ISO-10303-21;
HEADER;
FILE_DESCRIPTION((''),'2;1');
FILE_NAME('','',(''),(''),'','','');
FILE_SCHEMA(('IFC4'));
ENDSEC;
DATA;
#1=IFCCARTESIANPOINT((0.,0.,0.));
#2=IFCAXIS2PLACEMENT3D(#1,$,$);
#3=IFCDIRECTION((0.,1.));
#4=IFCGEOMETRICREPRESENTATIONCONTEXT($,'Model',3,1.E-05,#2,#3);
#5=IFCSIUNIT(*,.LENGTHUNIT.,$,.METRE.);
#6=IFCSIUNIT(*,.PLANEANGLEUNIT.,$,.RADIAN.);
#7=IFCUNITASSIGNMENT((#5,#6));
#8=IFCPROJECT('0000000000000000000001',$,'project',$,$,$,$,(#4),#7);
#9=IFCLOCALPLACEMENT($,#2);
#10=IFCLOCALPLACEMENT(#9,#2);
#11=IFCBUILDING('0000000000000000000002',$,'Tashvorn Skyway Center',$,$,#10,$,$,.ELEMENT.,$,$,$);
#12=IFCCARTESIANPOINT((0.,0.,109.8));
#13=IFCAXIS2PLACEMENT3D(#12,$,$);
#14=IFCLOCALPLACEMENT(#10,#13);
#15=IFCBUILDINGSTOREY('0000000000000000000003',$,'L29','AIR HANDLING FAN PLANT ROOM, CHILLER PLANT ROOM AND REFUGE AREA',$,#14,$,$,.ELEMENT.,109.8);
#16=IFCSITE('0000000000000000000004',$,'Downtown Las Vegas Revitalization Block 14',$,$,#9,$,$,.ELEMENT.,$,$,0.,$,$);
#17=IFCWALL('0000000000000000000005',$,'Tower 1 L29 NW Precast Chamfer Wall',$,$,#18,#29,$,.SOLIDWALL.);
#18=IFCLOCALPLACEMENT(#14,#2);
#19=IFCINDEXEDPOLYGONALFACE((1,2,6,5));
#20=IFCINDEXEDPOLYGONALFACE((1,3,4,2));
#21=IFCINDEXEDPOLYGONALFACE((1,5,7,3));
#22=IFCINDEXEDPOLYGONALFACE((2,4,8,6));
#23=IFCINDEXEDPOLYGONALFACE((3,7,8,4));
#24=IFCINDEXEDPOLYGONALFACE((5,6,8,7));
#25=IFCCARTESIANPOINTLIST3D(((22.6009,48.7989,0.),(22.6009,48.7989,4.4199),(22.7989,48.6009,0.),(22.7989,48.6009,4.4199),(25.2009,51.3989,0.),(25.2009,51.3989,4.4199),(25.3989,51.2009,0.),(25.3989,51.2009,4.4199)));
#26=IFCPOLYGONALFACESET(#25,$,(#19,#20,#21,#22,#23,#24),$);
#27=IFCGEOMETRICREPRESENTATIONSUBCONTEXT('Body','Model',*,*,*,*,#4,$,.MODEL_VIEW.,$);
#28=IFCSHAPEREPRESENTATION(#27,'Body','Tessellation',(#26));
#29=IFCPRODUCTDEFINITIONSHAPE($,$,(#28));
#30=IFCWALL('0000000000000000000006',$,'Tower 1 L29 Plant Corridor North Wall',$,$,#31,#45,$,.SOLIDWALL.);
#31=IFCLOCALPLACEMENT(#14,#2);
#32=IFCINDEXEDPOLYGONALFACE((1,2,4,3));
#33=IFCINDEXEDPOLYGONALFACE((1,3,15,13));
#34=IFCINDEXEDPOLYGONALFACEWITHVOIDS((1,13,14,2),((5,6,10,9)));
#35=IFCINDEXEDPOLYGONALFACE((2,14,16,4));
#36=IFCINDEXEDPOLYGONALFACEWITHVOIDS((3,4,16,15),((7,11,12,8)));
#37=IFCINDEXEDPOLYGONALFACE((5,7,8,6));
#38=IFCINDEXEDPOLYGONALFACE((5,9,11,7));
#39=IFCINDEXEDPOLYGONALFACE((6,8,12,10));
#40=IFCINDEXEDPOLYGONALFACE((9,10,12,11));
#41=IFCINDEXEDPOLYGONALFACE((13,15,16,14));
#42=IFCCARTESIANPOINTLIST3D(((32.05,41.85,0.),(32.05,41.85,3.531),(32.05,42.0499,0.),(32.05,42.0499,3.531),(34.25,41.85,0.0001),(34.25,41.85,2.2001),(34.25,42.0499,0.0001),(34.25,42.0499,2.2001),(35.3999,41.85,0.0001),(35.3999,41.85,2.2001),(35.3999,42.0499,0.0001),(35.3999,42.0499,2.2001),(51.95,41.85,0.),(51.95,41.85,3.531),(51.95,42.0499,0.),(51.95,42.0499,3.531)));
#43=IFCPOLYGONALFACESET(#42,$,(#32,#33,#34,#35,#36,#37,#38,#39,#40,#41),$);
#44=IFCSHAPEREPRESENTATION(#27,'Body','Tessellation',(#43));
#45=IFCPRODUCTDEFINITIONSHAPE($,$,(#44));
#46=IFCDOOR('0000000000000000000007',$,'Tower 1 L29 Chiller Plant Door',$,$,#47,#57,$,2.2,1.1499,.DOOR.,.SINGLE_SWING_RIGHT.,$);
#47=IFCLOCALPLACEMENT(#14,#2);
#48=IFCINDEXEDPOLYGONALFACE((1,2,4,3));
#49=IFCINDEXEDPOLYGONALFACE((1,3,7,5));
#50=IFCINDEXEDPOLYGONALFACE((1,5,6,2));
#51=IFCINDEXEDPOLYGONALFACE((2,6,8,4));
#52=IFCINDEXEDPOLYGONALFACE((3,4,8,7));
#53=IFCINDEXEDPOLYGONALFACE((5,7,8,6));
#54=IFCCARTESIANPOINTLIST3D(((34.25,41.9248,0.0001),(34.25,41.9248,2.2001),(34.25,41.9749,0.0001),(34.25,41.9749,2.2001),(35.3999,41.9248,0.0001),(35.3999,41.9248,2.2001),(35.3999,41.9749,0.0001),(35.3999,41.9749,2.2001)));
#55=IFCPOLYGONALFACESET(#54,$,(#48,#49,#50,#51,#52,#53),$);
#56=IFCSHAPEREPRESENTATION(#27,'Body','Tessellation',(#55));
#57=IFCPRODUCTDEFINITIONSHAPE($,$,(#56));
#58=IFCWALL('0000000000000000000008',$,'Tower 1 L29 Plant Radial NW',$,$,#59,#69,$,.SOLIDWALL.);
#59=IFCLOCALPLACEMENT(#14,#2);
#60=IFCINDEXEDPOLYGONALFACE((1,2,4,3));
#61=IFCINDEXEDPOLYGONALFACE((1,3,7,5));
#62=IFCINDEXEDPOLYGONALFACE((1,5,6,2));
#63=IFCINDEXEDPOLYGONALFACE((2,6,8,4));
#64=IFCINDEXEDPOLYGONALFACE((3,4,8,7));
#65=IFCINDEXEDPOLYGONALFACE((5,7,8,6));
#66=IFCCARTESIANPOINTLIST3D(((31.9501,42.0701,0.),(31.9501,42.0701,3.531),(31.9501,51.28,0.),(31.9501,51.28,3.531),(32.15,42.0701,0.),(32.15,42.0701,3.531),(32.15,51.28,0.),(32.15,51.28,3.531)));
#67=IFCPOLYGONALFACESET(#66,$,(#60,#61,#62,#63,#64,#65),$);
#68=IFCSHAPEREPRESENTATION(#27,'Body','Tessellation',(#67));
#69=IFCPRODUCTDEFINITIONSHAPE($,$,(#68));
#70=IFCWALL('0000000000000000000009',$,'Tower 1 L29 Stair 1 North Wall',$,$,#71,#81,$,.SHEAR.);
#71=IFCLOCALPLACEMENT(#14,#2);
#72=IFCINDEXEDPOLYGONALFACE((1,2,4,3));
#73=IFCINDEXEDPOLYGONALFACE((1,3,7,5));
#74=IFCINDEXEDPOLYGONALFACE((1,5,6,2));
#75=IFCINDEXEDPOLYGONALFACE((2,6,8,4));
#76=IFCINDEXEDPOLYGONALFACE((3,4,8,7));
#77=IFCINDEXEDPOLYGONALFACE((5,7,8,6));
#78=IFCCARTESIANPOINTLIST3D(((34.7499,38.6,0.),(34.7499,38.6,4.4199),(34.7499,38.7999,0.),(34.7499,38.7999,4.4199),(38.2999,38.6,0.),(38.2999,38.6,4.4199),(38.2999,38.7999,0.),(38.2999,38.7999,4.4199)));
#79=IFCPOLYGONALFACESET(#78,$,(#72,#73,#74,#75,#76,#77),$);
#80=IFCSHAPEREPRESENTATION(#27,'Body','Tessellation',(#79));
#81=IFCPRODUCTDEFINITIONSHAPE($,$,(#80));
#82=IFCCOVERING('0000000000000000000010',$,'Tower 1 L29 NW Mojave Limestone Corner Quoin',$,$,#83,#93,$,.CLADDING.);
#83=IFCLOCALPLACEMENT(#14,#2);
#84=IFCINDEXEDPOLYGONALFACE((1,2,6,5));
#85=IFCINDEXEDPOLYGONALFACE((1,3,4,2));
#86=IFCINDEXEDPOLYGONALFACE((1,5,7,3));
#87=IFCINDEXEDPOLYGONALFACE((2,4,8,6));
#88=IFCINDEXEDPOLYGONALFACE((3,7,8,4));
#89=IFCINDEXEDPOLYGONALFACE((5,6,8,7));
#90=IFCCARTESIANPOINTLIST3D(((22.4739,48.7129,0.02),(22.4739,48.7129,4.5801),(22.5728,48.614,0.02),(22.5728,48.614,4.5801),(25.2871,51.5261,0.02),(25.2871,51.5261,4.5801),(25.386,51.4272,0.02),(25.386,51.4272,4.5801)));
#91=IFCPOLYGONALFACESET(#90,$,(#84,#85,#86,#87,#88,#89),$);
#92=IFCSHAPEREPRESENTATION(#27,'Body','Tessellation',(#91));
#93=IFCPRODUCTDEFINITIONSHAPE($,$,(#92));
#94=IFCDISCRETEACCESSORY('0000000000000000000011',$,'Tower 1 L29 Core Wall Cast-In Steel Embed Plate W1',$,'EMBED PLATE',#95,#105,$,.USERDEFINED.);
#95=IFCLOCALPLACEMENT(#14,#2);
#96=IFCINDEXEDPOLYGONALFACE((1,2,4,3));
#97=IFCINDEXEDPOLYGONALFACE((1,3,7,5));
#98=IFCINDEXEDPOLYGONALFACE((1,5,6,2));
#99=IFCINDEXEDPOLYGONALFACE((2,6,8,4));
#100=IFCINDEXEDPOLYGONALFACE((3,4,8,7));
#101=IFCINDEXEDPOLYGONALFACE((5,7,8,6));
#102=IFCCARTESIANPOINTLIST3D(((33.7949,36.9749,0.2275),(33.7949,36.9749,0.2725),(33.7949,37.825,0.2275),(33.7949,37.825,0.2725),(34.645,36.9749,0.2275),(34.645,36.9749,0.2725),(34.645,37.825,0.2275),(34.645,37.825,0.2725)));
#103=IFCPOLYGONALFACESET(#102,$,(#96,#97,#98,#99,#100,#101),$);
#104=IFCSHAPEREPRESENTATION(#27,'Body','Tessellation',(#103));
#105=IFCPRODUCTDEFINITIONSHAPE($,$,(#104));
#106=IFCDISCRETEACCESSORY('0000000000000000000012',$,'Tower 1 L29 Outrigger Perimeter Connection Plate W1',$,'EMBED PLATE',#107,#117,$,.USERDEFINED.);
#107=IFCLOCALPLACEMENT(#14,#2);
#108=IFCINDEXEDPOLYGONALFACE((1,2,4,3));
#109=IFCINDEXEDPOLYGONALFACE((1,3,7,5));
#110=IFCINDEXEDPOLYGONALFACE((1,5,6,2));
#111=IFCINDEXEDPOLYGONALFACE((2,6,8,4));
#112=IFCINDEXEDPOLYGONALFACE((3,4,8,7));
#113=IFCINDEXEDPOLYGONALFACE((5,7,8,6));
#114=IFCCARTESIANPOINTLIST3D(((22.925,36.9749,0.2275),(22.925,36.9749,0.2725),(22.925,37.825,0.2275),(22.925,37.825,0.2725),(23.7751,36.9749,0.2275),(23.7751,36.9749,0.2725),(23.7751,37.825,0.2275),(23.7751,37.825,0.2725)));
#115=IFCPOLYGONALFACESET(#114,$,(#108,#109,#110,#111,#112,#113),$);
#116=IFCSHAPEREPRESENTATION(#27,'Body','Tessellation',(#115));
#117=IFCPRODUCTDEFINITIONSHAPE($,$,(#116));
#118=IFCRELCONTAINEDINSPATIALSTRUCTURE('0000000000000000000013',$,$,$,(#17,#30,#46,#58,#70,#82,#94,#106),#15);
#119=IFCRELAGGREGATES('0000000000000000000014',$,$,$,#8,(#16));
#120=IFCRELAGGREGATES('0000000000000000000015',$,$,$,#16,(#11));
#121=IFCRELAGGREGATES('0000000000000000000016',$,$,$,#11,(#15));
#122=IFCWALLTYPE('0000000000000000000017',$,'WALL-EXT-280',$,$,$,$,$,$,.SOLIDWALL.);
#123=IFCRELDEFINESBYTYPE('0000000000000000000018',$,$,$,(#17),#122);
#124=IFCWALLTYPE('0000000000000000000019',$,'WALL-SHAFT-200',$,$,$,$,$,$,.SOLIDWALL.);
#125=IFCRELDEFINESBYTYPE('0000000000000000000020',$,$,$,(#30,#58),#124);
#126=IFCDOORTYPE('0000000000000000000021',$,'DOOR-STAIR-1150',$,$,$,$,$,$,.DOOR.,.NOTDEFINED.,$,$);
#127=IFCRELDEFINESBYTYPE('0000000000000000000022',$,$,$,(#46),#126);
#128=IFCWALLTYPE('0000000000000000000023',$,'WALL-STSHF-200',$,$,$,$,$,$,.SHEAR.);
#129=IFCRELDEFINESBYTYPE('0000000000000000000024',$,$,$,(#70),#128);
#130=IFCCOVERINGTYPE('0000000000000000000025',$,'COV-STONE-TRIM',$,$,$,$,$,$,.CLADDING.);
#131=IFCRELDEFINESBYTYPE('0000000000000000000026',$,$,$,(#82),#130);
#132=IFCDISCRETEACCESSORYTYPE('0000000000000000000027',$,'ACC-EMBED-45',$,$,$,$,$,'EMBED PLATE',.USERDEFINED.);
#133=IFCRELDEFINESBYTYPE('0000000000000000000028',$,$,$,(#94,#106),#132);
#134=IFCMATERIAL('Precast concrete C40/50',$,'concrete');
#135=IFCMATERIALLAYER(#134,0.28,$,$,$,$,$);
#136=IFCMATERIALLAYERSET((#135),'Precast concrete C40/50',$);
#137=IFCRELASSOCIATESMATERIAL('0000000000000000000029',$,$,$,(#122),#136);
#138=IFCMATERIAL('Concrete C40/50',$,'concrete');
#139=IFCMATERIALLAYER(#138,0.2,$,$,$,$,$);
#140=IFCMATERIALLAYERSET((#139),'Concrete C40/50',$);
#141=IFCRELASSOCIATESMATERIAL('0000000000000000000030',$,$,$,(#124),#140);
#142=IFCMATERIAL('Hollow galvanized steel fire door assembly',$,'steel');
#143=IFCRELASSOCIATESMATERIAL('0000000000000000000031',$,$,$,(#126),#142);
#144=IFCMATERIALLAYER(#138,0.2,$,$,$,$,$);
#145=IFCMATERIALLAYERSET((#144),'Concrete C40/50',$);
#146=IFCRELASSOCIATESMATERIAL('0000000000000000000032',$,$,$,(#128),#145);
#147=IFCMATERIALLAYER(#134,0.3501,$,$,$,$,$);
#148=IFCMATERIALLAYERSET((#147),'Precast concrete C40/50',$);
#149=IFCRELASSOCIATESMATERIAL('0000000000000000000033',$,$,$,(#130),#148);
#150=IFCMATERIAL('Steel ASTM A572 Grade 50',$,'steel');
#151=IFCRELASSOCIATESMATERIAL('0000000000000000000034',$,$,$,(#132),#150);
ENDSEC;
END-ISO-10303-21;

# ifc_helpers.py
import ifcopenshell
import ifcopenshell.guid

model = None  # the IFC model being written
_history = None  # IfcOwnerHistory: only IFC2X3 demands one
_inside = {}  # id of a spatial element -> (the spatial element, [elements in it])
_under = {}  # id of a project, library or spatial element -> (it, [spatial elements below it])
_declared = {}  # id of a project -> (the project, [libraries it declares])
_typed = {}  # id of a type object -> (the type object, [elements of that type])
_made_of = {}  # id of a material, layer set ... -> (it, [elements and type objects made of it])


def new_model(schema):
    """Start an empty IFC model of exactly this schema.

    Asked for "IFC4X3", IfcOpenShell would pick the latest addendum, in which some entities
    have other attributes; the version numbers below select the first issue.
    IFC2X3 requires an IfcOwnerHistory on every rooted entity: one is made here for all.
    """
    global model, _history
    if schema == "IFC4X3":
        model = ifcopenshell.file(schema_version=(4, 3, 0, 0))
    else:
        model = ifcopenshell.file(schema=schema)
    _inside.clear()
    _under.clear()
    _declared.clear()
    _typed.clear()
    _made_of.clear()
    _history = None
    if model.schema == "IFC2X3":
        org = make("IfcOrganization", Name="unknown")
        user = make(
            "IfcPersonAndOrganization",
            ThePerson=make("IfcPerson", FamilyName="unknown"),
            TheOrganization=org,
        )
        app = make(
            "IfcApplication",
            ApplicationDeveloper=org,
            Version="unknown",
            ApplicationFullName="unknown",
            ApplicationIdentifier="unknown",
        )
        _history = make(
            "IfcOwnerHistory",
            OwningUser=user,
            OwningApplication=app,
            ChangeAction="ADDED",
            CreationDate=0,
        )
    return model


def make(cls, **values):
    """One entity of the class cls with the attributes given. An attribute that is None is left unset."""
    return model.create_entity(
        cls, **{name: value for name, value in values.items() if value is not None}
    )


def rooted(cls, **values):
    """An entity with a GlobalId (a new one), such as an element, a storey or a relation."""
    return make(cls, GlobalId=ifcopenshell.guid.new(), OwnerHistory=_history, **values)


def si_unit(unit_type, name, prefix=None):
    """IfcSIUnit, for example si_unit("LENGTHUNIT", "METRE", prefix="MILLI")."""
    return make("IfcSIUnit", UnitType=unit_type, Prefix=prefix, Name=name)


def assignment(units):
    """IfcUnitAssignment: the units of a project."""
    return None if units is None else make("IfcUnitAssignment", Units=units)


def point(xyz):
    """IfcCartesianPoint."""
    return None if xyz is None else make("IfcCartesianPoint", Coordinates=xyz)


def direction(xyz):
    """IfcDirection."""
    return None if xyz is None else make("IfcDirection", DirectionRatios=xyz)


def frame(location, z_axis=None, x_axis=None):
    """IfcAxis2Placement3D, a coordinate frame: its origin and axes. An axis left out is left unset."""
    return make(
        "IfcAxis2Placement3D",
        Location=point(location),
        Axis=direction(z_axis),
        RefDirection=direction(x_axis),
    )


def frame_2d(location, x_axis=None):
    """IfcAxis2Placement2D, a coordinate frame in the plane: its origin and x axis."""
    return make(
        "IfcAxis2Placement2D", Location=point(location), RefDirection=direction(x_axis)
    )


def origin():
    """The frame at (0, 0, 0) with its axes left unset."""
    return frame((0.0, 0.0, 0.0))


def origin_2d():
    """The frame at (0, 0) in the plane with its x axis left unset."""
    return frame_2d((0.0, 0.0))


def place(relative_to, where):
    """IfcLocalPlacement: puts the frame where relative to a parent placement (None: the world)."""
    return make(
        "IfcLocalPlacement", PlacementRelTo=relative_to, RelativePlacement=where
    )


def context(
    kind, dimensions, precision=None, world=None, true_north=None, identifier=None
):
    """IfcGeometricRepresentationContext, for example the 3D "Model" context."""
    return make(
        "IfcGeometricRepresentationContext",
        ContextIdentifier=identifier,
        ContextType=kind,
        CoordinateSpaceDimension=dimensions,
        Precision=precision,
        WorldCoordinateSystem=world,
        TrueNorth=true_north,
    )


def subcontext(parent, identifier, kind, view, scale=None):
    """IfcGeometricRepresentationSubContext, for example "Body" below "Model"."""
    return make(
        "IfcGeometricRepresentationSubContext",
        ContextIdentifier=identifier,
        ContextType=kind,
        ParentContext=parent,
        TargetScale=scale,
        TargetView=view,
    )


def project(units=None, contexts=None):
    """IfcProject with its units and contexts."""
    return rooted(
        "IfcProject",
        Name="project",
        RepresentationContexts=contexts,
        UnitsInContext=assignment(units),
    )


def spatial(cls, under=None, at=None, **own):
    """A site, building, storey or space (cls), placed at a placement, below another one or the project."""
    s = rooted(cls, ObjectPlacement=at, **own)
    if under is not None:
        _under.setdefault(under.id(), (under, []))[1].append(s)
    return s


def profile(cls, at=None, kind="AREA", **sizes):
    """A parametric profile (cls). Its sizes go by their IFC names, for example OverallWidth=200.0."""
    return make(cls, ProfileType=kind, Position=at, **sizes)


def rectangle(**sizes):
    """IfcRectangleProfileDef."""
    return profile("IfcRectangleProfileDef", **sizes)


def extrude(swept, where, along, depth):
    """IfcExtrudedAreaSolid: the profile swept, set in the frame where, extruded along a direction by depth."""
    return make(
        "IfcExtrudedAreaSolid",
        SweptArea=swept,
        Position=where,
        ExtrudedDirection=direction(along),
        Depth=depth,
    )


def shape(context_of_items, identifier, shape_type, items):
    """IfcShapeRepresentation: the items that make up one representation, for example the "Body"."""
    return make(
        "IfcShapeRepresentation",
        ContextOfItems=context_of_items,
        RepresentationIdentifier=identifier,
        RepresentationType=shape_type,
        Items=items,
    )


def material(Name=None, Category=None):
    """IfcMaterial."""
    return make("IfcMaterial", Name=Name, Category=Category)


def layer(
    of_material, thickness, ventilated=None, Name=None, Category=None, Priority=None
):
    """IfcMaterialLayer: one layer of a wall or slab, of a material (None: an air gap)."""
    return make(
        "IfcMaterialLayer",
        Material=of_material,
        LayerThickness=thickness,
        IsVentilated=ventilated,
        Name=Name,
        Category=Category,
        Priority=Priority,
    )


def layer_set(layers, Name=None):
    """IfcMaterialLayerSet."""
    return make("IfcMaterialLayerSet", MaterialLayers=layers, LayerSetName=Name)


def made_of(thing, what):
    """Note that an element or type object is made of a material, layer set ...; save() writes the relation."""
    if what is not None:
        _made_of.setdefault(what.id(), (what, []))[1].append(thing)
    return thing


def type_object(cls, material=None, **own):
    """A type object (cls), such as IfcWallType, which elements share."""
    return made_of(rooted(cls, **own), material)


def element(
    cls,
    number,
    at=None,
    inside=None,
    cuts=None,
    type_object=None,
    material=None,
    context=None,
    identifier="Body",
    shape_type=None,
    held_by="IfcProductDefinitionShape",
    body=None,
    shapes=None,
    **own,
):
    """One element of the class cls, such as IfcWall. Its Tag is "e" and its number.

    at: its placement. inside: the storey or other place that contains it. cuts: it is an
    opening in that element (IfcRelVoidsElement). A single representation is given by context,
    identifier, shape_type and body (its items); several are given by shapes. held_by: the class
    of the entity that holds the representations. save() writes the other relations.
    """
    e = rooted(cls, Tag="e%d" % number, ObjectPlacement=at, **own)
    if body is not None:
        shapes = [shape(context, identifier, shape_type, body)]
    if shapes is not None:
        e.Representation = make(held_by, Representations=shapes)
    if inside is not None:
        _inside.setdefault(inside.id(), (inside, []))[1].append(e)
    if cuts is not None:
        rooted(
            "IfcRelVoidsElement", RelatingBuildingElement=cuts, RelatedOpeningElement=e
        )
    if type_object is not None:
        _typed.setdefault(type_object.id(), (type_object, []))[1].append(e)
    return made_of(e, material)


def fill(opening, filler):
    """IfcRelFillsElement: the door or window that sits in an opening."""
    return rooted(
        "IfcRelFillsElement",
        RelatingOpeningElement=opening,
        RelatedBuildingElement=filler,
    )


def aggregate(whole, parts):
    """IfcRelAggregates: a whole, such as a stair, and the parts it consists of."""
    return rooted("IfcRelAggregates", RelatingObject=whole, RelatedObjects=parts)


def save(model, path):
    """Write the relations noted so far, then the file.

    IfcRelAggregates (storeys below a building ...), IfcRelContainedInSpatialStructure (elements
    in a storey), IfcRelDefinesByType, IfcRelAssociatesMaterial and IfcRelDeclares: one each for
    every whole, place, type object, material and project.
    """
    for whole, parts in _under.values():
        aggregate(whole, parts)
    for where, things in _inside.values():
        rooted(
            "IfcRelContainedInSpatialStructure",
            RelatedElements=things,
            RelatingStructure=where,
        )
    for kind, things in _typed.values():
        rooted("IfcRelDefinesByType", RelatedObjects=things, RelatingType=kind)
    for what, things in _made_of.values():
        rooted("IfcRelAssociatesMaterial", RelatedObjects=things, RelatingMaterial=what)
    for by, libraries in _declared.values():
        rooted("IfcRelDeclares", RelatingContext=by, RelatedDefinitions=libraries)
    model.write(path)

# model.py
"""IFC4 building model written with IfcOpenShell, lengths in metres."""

from ifc_helpers import new_model, si_unit, direction, frame, frame_2d, origin, origin_2d, place, context, subcontext, project, spatial, rectangle, extrude, material, layer, layer_set, type_object, element, fill, save


model = new_model("IFC4")

# Units and contexts
model_context = context("Model", 3, precision=1e-05, world=origin(), true_north=direction((0.0, 1.0)))
body_context = subcontext(model_context, "Body", "Model", "MODEL_VIEW")
ifc_project = project(units=[si_unit("LENGTHUNIT", "METRE"), si_unit("PLANEANGLEUNIT", "RADIAN")], contexts=[model_context])

# Site, building, storey
site_placement = place(None, origin())
site = spatial("IfcSite", under=ifc_project, at=site_placement, Name="Downtown Las Vegas Revitalization Block 14", CompositionType="ELEMENT", RefElevation=0.0)
building_placement = place(site_placement, origin())
building = spatial("IfcBuilding", under=site, at=building_placement, Name="Tashvorn Skyway Center", CompositionType="ELEMENT")
storey_placement = place(building_placement, frame((0.0, 0.0, 109.8)))
storey = spatial("IfcBuildingStorey", under=building, at=storey_placement, Name="L29", Description="AIR HANDLING FAN PLANT ROOM, CHILLER PLANT ROOM AND REFUGE AREA", CompositionType="ELEMENT", Elevation=109.8)

# Shared definitions
ifc_material_1 = material(Name="Steel ASTM A572 Grade 50", Category="steel")

# Shared definitions
ifc_material_2 = material(Name="Hollow galvanized steel fire door assembly", Category="steel")

# Wall
ifc_material_3 = material(Name="Precast concrete C40/50", Category="concrete")
ifc_layer_1 = layer(ifc_material_3, 0.28)
ifc_layer_set_1 = layer_set([ifc_layer_1], Name="Precast concrete C40/50")
wall_type_1 = type_object("IfcWallType", Name="WALL-EXT-280", PredefinedType="SOLIDWALL", material=ifc_layer_set_1)
wall_1_placement = place(storey_placement, frame((22.7, 48.7, 0.0), z_axis=(0.0, 0.0, 1.0), x_axis=(0.707107, 0.707107, 0.0)))
element("IfcWall", 1, at=wall_1_placement, inside=storey, type_object=wall_type_1, Name="Tower 1 L29 NW Precast Chamfer Wall", PredefinedType="SOLIDWALL", context=body_context, shape_type="SweptSolid", body=[
    extrude(rectangle(XDim=3.677, YDim=0.28, at=frame_2d((1.8384, 0.0))), origin(), (0.0, 0.0, 1.0), 4.4199),
])

# Wall, opening, door
ifc_material_4 = material(Name="Concrete C40/50", Category="concrete")
ifc_layer_2 = layer(ifc_material_4, 0.2)
ifc_layer_set_2 = layer_set([ifc_layer_2], Name="Concrete C40/50")
wall_type_2 = type_object("IfcWallType", Name="WALL-SHAFT-200", PredefinedType="SOLIDWALL", material=ifc_layer_set_2)
wall_2_placement = place(storey_placement, frame((32.05, 41.95, 0.0), z_axis=(0.0, 0.0, 1.0), x_axis=(1.0, 0.0, 0.0)))
wall_2 = element("IfcWall", 2, at=wall_2_placement, inside=storey, type_object=wall_type_2, Name="Tower 1 L29 Plant Corridor North Wall", PredefinedType="SOLIDWALL", context=body_context, shape_type="SweptSolid", body=[
    extrude(rectangle(XDim=19.8999, YDim=0.2, at=frame_2d((9.95, 0.0))), origin(), (0.0, 0.0, 1.0), 3.531),
])
opening_1_placement = place(wall_2_placement, frame((2.2, 0.0, 0.0)))
opening_1 = element("IfcOpeningElement", 3, at=opening_1_placement, cuts=wall_2, PredefinedType="OPENING", context=body_context, shape_type="SweptSolid", body=[
    extrude(rectangle(XDim=1.1499, YDim=2.2, at=frame_2d((0.575, 1.1001))), frame((0.0, 0.1099, 0.0), z_axis=(0.0, -1.0, 0.0), x_axis=(1.0, 0.0, 0.0)), (0.0, 0.0, 1.0), 0.22),
])
door_type_1 = type_object("IfcDoorType", Name="DOOR-STAIR-1150", OperationType="NOTDEFINED", PredefinedType="DOOR", material=ifc_material_2)
door_1_placement = place(opening_1_placement, origin())
door_1 = element("IfcDoor", 4, at=door_1_placement, inside=storey, type_object=door_type_1, Name="Tower 1 L29 Chiller Plant Door", OperationType="SINGLE_SWING_RIGHT", OverallHeight=2.2, OverallWidth=1.1499, PredefinedType="DOOR", context=body_context, shape_type="SweptSolid", body=[
    extrude(rectangle(XDim=1.1499, YDim=2.2, at=frame_2d((0.575, 1.1001))), frame((0.0, 0.0249, 0.0), z_axis=(0.0, -1.0, 0.0), x_axis=(1.0, 0.0, 0.0)), (0.0, 0.0, 1.0), 0.05),
])
fill(opening_1, door_1)

# Walls
wall_3_placement = place(storey_placement, frame((32.05, 42.0701, 0.0), z_axis=(0.0, 0.0, 1.0), x_axis=(0.0, 1.0, 0.0)))
element("IfcWall", 5, at=wall_3_placement, inside=storey, type_object=wall_type_2, Name="Tower 1 L29 Plant Radial NW", PredefinedType="SOLIDWALL", context=body_context, shape_type="SweptSolid", body=[
    extrude(rectangle(XDim=9.21, YDim=0.2, at=frame_2d((4.605, 0.0))), origin(), (0.0, 0.0, 1.0), 3.531),
])
ifc_layer_3 = layer(ifc_material_4, 0.2)
ifc_layer_set_3 = layer_set([ifc_layer_3], Name="Concrete C40/50")
wall_type_3 = type_object("IfcWallType", Name="WALL-STSHF-200", PredefinedType="SHEAR", material=ifc_layer_set_3)
wall_4_placement = place(storey_placement, frame((34.75, 38.7, 0.0), z_axis=(0.0, 0.0, 1.0), x_axis=(1.0, 0.0, 0.0)))
element("IfcWall", 6, at=wall_4_placement, inside=storey, type_object=wall_type_3, Name="Tower 1 L29 Stair 1 North Wall", PredefinedType="SHEAR", context=body_context, shape_type="SweptSolid", body=[
    extrude(rectangle(XDim=3.55, YDim=0.2, at=frame_2d((1.7749, 0.0))), origin(), (0.0, 0.0, 1.0), 4.4199),
])

# Covering
ifc_layer_4 = layer(ifc_material_3, 0.3501)
ifc_layer_set_4 = layer_set([ifc_layer_4], Name="Precast concrete C40/50")
covering_type = type_object("IfcCoveringType", Name="COV-STONE-TRIM", PredefinedType="CLADDING", material=ifc_layer_set_4)
covering_placement = place(storey_placement, frame((23.9299, 50.0701, 0.02), z_axis=(0.0, 0.0, 1.0), x_axis=(-0.707107, -0.707107, 0.0)))
element("IfcCovering", 7, at=covering_placement, inside=storey, type_object=covering_type, Name="Tower 1 L29 NW Mojave Limestone Corner Quoin", PredefinedType="CLADDING", context=body_context, shape_type="SweptSolid", body=[
    extrude(rectangle(XDim=3.9785, YDim=0.1399, at=origin_2d()), origin(), (0.0, 0.0, 1.0), 4.5601),
])

# Discrete accessories
discrete_accessory_type = type_object("IfcDiscreteAccessoryType", Name="ACC-EMBED-45", ElementType="EMBED PLATE", PredefinedType="USERDEFINED", material=ifc_material_1)
for number, where, z_axis, x_axis, name in (
    (8, (34.22, 37.3999, 0.2275), (0.0, 0.0, 1.0), (1.0, 0.0, 0.0), "Tower 1 L29 Core Wall Cast-In Steel Embed Plate W1"),
    (9, (23.3501, 37.3999, 0.2275), (0.0, 0.0, 1.0), (1.0, 0.0, 0.0), "Tower 1 L29 Outrigger Perimeter Connection Plate W1"),
):
    element("IfcDiscreteAccessory", number, at=place(storey_placement, frame(where, z_axis=z_axis, x_axis=x_axis)), inside=storey, type_object=discrete_accessory_type, Name=name, ObjectType="EMBED PLATE", PredefinedType="USERDEFINED", context=body_context, shape_type="SweptSolid", body=[
        extrude(rectangle(XDim=0.8501, YDim=0.8501, at=origin_2d()), origin(), (0.0, 0.0, 1.0), 0.0449),
    ])

save(model, "model.ifc")
